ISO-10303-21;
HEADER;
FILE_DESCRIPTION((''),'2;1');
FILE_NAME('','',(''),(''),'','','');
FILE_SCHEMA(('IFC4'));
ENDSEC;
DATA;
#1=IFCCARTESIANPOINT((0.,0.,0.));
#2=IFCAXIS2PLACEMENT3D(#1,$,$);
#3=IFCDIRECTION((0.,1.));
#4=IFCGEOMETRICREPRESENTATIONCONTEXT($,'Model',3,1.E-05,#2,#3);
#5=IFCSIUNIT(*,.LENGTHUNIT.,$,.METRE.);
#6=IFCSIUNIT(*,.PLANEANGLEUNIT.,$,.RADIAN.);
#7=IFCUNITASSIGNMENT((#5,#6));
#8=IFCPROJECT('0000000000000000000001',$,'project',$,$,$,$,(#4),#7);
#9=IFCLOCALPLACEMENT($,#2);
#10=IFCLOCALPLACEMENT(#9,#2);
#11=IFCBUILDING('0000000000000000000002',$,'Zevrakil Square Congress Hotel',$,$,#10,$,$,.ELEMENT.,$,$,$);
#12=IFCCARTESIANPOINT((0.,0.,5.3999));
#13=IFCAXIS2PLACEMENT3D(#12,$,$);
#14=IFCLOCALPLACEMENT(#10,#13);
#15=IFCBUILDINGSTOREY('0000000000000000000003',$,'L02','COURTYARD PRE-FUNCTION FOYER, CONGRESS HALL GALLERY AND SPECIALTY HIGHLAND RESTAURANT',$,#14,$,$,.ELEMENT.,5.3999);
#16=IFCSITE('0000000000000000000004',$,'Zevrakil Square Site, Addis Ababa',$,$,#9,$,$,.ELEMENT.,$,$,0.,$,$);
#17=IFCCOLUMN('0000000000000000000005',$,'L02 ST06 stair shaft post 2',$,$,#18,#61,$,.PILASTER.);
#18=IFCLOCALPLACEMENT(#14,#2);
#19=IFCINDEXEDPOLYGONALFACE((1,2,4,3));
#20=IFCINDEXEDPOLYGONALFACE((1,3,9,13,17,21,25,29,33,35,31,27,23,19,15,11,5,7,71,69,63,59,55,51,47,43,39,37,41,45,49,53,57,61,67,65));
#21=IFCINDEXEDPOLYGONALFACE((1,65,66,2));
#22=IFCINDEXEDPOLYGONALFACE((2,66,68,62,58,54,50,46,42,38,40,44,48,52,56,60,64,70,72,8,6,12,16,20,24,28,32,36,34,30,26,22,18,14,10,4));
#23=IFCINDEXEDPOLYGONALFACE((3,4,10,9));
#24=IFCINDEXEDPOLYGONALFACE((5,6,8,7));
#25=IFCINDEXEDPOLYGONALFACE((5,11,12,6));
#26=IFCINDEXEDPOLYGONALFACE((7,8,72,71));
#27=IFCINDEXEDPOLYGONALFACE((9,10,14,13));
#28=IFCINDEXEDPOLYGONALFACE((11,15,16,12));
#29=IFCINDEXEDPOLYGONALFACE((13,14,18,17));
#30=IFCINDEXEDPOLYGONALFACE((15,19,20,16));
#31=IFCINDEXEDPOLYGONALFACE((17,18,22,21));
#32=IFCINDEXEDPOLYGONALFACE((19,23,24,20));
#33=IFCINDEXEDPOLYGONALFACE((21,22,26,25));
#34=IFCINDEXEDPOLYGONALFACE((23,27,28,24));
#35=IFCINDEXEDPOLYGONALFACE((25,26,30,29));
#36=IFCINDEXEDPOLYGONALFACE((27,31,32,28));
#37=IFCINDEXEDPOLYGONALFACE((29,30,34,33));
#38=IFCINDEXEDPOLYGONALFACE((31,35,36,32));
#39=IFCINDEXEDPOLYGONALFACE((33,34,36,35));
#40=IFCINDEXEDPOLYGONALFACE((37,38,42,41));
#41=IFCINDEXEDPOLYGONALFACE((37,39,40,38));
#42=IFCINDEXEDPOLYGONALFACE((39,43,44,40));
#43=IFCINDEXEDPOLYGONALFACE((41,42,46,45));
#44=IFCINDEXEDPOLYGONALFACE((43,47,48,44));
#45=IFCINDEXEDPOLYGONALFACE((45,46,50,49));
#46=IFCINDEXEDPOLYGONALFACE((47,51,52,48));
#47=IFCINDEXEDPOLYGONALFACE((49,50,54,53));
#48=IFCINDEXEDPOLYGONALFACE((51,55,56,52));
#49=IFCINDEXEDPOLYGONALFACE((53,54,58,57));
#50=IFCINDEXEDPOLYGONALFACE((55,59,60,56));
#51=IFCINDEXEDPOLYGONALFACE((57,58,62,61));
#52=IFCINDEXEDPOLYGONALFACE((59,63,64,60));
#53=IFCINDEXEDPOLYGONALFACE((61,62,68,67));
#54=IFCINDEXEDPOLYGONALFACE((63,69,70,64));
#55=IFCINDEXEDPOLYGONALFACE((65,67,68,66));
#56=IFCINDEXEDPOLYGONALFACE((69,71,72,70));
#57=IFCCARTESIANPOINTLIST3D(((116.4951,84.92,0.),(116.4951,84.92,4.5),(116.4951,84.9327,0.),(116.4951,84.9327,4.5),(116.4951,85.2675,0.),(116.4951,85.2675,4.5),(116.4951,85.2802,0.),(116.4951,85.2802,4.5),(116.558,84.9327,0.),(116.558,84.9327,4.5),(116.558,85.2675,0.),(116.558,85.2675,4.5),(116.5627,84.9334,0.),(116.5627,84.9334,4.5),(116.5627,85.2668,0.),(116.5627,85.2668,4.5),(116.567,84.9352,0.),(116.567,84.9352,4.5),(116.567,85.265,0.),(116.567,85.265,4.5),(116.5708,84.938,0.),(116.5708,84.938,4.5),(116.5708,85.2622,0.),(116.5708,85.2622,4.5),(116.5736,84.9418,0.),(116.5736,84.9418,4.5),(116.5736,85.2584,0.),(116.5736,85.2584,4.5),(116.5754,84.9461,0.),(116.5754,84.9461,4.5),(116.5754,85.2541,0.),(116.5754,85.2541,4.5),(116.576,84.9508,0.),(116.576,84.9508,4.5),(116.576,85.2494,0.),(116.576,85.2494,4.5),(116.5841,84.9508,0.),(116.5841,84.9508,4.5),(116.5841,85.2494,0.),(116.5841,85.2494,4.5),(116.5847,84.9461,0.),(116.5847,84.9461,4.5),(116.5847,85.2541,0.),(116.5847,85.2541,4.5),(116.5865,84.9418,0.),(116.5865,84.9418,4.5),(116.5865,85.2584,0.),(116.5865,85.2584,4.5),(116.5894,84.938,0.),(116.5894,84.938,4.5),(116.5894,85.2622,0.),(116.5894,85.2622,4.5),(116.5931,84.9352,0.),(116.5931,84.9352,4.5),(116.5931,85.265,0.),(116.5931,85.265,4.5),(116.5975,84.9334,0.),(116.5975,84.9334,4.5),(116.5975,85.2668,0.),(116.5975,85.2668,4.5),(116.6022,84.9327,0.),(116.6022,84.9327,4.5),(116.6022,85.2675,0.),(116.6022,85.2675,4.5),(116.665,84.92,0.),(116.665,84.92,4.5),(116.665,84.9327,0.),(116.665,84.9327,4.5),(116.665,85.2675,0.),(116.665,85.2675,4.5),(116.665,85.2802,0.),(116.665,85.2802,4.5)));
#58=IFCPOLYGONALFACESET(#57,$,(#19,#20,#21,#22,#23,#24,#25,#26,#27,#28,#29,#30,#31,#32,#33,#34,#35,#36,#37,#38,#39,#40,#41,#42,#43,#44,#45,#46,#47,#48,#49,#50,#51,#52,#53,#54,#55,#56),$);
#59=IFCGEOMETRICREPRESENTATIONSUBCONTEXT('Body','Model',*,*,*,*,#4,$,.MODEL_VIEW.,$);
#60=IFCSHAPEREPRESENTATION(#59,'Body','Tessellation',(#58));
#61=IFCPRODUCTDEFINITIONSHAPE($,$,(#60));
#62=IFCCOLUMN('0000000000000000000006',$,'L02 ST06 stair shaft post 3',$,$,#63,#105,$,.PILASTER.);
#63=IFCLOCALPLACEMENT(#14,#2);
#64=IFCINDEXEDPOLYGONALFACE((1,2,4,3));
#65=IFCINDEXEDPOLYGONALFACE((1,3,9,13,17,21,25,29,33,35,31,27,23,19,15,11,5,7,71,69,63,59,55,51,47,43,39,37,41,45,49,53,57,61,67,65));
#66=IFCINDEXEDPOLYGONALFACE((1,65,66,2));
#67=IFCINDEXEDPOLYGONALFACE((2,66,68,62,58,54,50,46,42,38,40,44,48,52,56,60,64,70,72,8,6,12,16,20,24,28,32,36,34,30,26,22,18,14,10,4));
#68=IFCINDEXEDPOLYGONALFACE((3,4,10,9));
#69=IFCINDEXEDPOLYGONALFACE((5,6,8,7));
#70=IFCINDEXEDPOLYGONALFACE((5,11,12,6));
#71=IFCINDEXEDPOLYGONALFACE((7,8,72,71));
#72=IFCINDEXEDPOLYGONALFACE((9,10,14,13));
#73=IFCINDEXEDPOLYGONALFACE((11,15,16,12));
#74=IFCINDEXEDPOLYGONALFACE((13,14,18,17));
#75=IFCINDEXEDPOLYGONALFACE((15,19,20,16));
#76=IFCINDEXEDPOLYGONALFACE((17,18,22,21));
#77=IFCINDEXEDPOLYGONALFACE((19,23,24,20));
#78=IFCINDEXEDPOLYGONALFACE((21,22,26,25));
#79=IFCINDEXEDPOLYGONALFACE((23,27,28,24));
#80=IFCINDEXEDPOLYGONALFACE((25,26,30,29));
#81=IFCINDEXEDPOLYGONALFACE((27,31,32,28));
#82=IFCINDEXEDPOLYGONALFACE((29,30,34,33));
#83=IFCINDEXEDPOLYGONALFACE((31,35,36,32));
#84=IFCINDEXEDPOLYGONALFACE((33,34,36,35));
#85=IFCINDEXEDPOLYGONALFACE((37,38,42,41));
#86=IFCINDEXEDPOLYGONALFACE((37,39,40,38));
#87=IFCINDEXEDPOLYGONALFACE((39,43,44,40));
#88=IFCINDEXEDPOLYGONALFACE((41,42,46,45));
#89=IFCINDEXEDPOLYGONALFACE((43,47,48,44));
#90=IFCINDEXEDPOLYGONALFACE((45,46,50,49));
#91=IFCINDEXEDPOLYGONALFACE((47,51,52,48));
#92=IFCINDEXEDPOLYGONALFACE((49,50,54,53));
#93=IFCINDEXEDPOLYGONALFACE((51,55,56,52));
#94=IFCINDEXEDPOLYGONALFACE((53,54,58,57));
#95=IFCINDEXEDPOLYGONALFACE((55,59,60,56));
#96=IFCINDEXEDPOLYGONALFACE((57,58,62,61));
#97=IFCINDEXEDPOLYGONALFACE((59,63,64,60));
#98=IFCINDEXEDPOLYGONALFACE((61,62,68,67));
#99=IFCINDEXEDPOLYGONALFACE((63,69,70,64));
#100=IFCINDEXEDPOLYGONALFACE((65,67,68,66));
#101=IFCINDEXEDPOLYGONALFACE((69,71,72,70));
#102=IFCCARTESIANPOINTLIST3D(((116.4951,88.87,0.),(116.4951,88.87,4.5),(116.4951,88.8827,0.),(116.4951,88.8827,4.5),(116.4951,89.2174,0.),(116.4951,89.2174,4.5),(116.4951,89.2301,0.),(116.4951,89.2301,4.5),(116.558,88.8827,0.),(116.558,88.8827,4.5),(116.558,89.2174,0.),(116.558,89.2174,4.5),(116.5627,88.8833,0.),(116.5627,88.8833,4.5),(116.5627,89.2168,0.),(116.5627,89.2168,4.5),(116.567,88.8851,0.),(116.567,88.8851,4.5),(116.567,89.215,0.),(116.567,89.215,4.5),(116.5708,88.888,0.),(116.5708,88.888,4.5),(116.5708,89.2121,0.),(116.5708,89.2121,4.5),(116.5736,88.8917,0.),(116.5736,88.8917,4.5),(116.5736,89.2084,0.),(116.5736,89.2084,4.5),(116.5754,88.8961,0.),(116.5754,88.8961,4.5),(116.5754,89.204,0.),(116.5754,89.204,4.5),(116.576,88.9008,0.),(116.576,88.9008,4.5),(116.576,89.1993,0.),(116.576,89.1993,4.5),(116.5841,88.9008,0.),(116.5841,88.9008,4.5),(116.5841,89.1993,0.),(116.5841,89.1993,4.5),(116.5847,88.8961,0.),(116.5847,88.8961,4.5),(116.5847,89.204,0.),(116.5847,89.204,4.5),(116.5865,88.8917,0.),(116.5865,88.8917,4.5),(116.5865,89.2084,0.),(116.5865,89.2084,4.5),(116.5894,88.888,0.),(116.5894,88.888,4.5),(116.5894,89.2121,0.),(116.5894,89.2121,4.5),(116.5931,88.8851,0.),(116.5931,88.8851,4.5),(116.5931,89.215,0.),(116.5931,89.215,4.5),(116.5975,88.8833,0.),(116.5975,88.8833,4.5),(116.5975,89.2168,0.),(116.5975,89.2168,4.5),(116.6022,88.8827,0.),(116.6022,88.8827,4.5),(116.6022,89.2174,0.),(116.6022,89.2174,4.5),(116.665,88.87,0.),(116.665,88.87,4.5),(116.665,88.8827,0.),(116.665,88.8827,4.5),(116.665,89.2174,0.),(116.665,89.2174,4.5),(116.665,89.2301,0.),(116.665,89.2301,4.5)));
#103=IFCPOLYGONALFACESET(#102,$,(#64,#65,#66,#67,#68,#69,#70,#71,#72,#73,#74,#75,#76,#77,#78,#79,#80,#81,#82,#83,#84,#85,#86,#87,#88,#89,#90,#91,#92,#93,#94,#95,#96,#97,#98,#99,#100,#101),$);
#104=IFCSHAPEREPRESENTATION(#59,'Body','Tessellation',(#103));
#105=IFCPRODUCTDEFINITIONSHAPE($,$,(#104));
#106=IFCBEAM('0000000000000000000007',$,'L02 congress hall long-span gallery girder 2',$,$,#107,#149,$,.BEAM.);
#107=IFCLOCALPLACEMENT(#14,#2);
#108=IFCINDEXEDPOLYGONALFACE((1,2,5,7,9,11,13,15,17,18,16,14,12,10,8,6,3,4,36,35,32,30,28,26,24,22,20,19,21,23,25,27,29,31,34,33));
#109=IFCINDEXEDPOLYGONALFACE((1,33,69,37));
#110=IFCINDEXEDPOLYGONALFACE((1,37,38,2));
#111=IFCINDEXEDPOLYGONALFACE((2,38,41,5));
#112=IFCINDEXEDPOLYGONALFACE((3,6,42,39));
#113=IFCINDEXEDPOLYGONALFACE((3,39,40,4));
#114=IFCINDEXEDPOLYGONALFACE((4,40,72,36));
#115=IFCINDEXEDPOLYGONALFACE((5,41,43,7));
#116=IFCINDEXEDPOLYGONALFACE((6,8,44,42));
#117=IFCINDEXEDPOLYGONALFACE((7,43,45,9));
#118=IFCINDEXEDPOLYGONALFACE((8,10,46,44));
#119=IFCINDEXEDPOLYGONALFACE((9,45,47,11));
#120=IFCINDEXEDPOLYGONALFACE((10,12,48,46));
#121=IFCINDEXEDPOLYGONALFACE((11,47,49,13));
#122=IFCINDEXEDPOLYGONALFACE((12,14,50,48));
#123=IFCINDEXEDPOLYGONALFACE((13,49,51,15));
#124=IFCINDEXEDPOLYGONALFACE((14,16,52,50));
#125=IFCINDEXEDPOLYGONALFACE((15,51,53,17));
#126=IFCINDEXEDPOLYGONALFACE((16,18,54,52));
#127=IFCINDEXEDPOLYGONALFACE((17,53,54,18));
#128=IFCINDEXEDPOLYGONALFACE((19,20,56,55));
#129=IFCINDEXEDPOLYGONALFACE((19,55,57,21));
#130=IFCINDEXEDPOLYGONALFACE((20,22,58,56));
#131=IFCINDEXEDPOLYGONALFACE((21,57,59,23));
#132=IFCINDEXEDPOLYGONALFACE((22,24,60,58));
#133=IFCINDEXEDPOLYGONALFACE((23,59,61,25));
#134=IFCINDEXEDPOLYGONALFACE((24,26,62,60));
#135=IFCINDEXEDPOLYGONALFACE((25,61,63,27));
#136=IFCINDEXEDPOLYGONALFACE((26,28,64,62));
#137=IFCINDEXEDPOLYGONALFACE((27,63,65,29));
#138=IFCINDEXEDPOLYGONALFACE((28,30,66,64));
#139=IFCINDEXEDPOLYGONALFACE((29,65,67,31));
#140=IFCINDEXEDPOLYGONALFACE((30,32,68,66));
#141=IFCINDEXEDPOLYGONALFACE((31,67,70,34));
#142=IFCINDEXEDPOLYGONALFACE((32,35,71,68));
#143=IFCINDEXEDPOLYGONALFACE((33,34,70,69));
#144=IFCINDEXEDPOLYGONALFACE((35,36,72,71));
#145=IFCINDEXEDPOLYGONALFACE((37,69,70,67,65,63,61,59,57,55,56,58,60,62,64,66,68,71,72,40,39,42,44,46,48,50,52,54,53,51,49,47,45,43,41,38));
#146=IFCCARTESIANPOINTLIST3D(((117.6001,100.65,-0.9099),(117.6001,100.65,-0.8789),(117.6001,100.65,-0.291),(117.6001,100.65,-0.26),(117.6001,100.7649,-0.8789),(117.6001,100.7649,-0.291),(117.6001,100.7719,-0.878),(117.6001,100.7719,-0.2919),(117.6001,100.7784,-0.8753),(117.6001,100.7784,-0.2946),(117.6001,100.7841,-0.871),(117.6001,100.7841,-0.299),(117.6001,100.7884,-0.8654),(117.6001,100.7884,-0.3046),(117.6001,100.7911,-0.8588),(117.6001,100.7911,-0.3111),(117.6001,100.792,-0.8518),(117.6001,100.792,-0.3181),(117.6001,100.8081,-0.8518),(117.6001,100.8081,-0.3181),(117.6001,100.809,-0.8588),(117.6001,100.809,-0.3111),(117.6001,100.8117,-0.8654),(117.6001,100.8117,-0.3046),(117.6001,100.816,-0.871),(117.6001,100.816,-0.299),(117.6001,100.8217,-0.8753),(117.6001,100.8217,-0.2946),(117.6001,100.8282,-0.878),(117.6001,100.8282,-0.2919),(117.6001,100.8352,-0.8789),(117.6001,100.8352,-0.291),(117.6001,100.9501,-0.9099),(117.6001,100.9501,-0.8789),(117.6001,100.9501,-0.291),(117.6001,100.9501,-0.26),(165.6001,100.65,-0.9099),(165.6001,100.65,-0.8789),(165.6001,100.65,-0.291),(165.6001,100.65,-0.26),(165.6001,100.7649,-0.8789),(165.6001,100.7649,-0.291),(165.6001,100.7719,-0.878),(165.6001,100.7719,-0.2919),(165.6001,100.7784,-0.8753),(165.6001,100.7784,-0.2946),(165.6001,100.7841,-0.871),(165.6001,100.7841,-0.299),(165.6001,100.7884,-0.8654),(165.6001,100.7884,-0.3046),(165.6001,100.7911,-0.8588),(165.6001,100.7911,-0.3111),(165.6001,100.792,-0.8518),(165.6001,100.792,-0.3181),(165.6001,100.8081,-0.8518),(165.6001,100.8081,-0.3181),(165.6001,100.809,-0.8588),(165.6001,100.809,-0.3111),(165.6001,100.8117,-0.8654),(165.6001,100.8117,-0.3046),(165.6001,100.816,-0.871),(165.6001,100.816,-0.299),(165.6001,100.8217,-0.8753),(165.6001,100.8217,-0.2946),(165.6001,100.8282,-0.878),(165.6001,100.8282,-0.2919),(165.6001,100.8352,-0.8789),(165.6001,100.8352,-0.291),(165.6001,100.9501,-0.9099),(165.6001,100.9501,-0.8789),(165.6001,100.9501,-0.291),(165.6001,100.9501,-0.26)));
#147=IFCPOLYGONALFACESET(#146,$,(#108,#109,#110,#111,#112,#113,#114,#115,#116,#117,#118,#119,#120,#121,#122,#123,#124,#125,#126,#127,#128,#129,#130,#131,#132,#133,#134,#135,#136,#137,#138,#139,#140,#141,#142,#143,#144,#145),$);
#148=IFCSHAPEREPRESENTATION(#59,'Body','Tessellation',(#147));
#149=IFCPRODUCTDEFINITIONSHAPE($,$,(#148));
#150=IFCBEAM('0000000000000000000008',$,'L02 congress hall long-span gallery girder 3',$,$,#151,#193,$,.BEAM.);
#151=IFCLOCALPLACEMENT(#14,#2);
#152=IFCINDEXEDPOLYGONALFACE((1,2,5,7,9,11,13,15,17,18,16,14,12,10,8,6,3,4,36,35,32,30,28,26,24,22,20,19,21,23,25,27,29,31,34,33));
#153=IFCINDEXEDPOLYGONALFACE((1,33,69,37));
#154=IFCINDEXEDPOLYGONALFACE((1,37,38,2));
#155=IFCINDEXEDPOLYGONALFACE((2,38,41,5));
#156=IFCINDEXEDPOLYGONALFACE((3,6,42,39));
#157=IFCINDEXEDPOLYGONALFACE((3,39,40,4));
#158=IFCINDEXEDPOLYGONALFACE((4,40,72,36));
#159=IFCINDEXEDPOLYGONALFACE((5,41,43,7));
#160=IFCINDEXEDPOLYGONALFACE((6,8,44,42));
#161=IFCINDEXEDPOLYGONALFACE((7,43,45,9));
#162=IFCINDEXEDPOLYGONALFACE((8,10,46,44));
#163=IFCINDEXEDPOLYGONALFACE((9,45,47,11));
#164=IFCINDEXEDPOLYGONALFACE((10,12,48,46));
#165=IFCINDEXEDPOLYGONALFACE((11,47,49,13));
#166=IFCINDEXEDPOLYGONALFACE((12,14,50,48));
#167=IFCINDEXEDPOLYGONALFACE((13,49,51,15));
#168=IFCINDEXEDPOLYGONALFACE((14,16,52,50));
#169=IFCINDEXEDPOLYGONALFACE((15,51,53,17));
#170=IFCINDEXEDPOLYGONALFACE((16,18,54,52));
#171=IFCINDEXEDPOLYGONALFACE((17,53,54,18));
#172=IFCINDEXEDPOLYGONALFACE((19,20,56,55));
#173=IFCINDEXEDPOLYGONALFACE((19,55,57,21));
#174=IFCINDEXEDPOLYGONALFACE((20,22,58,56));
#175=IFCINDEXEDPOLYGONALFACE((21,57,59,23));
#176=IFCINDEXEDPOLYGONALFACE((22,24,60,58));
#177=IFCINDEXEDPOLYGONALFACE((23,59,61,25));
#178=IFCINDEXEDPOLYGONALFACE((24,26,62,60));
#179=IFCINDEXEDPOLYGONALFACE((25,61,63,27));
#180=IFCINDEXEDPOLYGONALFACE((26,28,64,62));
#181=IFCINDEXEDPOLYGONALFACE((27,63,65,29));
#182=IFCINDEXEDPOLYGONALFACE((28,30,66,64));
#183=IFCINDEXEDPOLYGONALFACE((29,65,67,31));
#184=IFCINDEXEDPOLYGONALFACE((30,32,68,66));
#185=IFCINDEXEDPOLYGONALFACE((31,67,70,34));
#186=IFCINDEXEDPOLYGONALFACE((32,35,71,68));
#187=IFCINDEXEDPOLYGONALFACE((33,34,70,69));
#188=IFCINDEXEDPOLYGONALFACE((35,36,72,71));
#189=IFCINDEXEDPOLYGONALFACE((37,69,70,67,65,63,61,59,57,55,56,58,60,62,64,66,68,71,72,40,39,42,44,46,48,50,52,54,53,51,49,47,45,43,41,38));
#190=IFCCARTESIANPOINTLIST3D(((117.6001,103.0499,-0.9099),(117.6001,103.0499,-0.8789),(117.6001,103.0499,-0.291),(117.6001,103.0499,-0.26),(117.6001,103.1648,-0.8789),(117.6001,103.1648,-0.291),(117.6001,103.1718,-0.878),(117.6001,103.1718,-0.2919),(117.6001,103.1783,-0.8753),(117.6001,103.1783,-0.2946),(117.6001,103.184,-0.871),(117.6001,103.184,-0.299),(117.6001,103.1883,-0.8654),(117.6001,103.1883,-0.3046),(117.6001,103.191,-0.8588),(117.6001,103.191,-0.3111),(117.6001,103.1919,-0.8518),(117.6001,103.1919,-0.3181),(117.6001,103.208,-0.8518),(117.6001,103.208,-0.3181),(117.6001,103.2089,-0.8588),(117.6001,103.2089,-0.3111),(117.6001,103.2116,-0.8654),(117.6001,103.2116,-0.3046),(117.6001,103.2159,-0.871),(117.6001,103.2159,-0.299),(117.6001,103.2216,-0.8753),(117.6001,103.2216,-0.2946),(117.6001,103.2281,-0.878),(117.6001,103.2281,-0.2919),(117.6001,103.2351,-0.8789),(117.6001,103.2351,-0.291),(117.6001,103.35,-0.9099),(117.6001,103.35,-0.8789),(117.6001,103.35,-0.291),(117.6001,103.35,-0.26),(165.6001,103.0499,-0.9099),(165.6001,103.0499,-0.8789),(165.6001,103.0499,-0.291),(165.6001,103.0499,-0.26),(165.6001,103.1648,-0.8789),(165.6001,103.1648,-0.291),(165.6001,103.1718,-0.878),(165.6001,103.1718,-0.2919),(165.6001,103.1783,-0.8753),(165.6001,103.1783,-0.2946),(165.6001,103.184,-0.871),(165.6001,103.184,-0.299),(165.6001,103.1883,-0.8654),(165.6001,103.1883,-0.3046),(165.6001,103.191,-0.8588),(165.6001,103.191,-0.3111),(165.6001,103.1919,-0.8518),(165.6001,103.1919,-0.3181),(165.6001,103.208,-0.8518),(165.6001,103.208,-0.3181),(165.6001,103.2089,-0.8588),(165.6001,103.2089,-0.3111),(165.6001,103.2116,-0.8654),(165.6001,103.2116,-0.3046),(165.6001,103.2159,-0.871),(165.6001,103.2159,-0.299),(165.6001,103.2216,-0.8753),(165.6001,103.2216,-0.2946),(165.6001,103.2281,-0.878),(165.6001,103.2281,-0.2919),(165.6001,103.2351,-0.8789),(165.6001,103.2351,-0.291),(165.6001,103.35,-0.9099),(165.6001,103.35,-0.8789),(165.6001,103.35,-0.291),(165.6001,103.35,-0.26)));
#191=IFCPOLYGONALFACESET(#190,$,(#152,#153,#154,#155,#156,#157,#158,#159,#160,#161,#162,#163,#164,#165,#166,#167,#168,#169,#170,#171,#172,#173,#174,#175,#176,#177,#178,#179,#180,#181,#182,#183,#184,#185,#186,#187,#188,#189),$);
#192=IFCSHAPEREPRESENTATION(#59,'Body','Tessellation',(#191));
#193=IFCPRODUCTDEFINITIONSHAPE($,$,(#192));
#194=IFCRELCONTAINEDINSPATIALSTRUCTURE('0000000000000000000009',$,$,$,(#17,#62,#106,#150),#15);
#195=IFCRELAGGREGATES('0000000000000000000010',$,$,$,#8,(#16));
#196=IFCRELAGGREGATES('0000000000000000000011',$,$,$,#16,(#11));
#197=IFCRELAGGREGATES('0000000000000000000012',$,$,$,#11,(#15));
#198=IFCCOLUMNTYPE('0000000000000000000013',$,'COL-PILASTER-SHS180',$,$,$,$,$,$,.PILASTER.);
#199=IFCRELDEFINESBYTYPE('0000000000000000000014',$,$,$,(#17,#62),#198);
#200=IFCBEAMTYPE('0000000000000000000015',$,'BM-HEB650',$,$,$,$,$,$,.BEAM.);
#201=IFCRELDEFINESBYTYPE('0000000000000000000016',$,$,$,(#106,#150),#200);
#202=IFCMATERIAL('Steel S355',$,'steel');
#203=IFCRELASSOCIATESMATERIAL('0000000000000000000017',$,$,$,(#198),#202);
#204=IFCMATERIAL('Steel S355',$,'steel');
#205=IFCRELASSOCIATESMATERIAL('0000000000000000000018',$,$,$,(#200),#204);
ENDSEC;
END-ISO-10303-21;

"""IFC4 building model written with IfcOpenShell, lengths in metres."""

from ifc_helpers import new_model, si_unit, direction, frame, origin, origin_2d, place, context, subcontext, project, spatial, i_section, extrude, material, material_profile, profile_set, type_object, element, save


model = new_model("IFC4")

# Units and contexts
model_context = context("Model", 3, precision=1e-05, world=origin(), true_north=direction((0.0, 1.0)))
body_context = subcontext(model_context, "Body", "Model", "MODEL_VIEW")
ifc_project = project(units=[si_unit("LENGTHUNIT", "METRE"), si_unit("PLANEANGLEUNIT", "RADIAN")], contexts=[model_context])

# Site, building, storey
site_placement = place(None, origin())
site = spatial("IfcSite", under=ifc_project, at=site_placement, Name="Zevrakil Square Site, Addis Ababa", CompositionType="ELEMENT", RefElevation=0.0)
building_placement = place(site_placement, origin())
building = spatial("IfcBuilding", under=site, at=building_placement, Name="Zevrakil Square Congress Hotel", CompositionType="ELEMENT")
storey_placement = place(building_placement, frame((0.0, 0.0, 5.3999)))
storey = spatial("IfcBuildingStorey", under=building, at=storey_placement, Name="L02", Description="COURTYARD PRE-FUNCTION FOYER, CONGRESS HALL GALLERY AND SPECIALTY HIGHLAND RESTAURANT", CompositionType="ELEMENT", Elevation=5.3999)

# Columns
ifc_material_1 = material(Name="Steel S355", Category="steel")
ifc_material_profile_1 = material_profile(ifc_material_1, i_section(OverallWidth=0.1699, OverallDepth=0.3601, WebThickness=0.0081, FlangeThickness=0.0127, FilletRadius=0.0181, at=origin_2d()), Name="IPE 360")
ifc_profile_set_1 = profile_set([ifc_material_profile_1], Name="Steel S355")
column_type_1 = type_object("IfcColumnType", Name="COL-PILASTER-SHS180", PredefinedType="PILASTER", material=ifc_profile_set_1)
for number, where, z_axis, x_axis, name in (
    (1, (116.5801, 85.1001, 0.0), (0.0, 0.0, 1.0), (1.0, 0.0, 0.0), "L02 ST06 stair shaft post 2"),
    (2, (116.5801, 89.05, 0.0), (0.0, 0.0, 1.0), (1.0, 0.0, 0.0), "L02 ST06 stair shaft post 3"),
):
    element("IfcColumn", number, at=place(storey_placement, frame(where, z_axis=z_axis, x_axis=x_axis)), inside=storey, type_object=column_type_1, Name=name, PredefinedType="PILASTER", context=body_context, shape_type="SweptSolid", body=[
        extrude(i_section(OverallWidth=0.1699, OverallDepth=0.3601, WebThickness=0.0081, FlangeThickness=0.0127, FilletRadius=0.0181, at=origin_2d()), origin(), (0.0, 0.0, 1.0), 4.5),
    ])

# Beams
ifc_material_2 = material(Name="Steel S355", Category="steel")
ifc_material_profile_2 = material_profile(ifc_material_2, i_section(OverallWidth=0.3, OverallDepth=0.6499, WebThickness=0.0161, FlangeThickness=0.031, FilletRadius=0.0271, at=origin_2d()), Name="HEB 650")
ifc_profile_set_2 = profile_set([ifc_material_profile_2], Name="Steel S355")
beam_type_1 = type_object("IfcBeamType", Name="BM-HEB650", PredefinedType="BEAM", material=ifc_profile_set_2)
for number, where, z_axis, x_axis, name in (
    (3, (117.6001, 100.8, -0.585), (1.0, 0.0, 0.0), (0.0, 1.0, 0.0), "L02 congress hall long-span gallery girder 2"),
    (4, (117.6001, 103.2, -0.585), (1.0, 0.0, 0.0), (0.0, 1.0, 0.0), "L02 congress hall long-span gallery girder 3"),
):
    element("IfcBeam", number, at=place(storey_placement, frame(where, z_axis=z_axis, x_axis=x_axis)), inside=storey, type_object=beam_type_1, Name=name, PredefinedType="BEAM", context=body_context, shape_type="SweptSolid", body=[
        extrude(i_section(OverallWidth=0.3, OverallDepth=0.6499, WebThickness=0.0161, FlangeThickness=0.031, FilletRadius=0.0271, at=origin_2d()), origin(), (0.0, 0.0, 1.0), 48.0),
    ])

save(model, "model.ifc")
